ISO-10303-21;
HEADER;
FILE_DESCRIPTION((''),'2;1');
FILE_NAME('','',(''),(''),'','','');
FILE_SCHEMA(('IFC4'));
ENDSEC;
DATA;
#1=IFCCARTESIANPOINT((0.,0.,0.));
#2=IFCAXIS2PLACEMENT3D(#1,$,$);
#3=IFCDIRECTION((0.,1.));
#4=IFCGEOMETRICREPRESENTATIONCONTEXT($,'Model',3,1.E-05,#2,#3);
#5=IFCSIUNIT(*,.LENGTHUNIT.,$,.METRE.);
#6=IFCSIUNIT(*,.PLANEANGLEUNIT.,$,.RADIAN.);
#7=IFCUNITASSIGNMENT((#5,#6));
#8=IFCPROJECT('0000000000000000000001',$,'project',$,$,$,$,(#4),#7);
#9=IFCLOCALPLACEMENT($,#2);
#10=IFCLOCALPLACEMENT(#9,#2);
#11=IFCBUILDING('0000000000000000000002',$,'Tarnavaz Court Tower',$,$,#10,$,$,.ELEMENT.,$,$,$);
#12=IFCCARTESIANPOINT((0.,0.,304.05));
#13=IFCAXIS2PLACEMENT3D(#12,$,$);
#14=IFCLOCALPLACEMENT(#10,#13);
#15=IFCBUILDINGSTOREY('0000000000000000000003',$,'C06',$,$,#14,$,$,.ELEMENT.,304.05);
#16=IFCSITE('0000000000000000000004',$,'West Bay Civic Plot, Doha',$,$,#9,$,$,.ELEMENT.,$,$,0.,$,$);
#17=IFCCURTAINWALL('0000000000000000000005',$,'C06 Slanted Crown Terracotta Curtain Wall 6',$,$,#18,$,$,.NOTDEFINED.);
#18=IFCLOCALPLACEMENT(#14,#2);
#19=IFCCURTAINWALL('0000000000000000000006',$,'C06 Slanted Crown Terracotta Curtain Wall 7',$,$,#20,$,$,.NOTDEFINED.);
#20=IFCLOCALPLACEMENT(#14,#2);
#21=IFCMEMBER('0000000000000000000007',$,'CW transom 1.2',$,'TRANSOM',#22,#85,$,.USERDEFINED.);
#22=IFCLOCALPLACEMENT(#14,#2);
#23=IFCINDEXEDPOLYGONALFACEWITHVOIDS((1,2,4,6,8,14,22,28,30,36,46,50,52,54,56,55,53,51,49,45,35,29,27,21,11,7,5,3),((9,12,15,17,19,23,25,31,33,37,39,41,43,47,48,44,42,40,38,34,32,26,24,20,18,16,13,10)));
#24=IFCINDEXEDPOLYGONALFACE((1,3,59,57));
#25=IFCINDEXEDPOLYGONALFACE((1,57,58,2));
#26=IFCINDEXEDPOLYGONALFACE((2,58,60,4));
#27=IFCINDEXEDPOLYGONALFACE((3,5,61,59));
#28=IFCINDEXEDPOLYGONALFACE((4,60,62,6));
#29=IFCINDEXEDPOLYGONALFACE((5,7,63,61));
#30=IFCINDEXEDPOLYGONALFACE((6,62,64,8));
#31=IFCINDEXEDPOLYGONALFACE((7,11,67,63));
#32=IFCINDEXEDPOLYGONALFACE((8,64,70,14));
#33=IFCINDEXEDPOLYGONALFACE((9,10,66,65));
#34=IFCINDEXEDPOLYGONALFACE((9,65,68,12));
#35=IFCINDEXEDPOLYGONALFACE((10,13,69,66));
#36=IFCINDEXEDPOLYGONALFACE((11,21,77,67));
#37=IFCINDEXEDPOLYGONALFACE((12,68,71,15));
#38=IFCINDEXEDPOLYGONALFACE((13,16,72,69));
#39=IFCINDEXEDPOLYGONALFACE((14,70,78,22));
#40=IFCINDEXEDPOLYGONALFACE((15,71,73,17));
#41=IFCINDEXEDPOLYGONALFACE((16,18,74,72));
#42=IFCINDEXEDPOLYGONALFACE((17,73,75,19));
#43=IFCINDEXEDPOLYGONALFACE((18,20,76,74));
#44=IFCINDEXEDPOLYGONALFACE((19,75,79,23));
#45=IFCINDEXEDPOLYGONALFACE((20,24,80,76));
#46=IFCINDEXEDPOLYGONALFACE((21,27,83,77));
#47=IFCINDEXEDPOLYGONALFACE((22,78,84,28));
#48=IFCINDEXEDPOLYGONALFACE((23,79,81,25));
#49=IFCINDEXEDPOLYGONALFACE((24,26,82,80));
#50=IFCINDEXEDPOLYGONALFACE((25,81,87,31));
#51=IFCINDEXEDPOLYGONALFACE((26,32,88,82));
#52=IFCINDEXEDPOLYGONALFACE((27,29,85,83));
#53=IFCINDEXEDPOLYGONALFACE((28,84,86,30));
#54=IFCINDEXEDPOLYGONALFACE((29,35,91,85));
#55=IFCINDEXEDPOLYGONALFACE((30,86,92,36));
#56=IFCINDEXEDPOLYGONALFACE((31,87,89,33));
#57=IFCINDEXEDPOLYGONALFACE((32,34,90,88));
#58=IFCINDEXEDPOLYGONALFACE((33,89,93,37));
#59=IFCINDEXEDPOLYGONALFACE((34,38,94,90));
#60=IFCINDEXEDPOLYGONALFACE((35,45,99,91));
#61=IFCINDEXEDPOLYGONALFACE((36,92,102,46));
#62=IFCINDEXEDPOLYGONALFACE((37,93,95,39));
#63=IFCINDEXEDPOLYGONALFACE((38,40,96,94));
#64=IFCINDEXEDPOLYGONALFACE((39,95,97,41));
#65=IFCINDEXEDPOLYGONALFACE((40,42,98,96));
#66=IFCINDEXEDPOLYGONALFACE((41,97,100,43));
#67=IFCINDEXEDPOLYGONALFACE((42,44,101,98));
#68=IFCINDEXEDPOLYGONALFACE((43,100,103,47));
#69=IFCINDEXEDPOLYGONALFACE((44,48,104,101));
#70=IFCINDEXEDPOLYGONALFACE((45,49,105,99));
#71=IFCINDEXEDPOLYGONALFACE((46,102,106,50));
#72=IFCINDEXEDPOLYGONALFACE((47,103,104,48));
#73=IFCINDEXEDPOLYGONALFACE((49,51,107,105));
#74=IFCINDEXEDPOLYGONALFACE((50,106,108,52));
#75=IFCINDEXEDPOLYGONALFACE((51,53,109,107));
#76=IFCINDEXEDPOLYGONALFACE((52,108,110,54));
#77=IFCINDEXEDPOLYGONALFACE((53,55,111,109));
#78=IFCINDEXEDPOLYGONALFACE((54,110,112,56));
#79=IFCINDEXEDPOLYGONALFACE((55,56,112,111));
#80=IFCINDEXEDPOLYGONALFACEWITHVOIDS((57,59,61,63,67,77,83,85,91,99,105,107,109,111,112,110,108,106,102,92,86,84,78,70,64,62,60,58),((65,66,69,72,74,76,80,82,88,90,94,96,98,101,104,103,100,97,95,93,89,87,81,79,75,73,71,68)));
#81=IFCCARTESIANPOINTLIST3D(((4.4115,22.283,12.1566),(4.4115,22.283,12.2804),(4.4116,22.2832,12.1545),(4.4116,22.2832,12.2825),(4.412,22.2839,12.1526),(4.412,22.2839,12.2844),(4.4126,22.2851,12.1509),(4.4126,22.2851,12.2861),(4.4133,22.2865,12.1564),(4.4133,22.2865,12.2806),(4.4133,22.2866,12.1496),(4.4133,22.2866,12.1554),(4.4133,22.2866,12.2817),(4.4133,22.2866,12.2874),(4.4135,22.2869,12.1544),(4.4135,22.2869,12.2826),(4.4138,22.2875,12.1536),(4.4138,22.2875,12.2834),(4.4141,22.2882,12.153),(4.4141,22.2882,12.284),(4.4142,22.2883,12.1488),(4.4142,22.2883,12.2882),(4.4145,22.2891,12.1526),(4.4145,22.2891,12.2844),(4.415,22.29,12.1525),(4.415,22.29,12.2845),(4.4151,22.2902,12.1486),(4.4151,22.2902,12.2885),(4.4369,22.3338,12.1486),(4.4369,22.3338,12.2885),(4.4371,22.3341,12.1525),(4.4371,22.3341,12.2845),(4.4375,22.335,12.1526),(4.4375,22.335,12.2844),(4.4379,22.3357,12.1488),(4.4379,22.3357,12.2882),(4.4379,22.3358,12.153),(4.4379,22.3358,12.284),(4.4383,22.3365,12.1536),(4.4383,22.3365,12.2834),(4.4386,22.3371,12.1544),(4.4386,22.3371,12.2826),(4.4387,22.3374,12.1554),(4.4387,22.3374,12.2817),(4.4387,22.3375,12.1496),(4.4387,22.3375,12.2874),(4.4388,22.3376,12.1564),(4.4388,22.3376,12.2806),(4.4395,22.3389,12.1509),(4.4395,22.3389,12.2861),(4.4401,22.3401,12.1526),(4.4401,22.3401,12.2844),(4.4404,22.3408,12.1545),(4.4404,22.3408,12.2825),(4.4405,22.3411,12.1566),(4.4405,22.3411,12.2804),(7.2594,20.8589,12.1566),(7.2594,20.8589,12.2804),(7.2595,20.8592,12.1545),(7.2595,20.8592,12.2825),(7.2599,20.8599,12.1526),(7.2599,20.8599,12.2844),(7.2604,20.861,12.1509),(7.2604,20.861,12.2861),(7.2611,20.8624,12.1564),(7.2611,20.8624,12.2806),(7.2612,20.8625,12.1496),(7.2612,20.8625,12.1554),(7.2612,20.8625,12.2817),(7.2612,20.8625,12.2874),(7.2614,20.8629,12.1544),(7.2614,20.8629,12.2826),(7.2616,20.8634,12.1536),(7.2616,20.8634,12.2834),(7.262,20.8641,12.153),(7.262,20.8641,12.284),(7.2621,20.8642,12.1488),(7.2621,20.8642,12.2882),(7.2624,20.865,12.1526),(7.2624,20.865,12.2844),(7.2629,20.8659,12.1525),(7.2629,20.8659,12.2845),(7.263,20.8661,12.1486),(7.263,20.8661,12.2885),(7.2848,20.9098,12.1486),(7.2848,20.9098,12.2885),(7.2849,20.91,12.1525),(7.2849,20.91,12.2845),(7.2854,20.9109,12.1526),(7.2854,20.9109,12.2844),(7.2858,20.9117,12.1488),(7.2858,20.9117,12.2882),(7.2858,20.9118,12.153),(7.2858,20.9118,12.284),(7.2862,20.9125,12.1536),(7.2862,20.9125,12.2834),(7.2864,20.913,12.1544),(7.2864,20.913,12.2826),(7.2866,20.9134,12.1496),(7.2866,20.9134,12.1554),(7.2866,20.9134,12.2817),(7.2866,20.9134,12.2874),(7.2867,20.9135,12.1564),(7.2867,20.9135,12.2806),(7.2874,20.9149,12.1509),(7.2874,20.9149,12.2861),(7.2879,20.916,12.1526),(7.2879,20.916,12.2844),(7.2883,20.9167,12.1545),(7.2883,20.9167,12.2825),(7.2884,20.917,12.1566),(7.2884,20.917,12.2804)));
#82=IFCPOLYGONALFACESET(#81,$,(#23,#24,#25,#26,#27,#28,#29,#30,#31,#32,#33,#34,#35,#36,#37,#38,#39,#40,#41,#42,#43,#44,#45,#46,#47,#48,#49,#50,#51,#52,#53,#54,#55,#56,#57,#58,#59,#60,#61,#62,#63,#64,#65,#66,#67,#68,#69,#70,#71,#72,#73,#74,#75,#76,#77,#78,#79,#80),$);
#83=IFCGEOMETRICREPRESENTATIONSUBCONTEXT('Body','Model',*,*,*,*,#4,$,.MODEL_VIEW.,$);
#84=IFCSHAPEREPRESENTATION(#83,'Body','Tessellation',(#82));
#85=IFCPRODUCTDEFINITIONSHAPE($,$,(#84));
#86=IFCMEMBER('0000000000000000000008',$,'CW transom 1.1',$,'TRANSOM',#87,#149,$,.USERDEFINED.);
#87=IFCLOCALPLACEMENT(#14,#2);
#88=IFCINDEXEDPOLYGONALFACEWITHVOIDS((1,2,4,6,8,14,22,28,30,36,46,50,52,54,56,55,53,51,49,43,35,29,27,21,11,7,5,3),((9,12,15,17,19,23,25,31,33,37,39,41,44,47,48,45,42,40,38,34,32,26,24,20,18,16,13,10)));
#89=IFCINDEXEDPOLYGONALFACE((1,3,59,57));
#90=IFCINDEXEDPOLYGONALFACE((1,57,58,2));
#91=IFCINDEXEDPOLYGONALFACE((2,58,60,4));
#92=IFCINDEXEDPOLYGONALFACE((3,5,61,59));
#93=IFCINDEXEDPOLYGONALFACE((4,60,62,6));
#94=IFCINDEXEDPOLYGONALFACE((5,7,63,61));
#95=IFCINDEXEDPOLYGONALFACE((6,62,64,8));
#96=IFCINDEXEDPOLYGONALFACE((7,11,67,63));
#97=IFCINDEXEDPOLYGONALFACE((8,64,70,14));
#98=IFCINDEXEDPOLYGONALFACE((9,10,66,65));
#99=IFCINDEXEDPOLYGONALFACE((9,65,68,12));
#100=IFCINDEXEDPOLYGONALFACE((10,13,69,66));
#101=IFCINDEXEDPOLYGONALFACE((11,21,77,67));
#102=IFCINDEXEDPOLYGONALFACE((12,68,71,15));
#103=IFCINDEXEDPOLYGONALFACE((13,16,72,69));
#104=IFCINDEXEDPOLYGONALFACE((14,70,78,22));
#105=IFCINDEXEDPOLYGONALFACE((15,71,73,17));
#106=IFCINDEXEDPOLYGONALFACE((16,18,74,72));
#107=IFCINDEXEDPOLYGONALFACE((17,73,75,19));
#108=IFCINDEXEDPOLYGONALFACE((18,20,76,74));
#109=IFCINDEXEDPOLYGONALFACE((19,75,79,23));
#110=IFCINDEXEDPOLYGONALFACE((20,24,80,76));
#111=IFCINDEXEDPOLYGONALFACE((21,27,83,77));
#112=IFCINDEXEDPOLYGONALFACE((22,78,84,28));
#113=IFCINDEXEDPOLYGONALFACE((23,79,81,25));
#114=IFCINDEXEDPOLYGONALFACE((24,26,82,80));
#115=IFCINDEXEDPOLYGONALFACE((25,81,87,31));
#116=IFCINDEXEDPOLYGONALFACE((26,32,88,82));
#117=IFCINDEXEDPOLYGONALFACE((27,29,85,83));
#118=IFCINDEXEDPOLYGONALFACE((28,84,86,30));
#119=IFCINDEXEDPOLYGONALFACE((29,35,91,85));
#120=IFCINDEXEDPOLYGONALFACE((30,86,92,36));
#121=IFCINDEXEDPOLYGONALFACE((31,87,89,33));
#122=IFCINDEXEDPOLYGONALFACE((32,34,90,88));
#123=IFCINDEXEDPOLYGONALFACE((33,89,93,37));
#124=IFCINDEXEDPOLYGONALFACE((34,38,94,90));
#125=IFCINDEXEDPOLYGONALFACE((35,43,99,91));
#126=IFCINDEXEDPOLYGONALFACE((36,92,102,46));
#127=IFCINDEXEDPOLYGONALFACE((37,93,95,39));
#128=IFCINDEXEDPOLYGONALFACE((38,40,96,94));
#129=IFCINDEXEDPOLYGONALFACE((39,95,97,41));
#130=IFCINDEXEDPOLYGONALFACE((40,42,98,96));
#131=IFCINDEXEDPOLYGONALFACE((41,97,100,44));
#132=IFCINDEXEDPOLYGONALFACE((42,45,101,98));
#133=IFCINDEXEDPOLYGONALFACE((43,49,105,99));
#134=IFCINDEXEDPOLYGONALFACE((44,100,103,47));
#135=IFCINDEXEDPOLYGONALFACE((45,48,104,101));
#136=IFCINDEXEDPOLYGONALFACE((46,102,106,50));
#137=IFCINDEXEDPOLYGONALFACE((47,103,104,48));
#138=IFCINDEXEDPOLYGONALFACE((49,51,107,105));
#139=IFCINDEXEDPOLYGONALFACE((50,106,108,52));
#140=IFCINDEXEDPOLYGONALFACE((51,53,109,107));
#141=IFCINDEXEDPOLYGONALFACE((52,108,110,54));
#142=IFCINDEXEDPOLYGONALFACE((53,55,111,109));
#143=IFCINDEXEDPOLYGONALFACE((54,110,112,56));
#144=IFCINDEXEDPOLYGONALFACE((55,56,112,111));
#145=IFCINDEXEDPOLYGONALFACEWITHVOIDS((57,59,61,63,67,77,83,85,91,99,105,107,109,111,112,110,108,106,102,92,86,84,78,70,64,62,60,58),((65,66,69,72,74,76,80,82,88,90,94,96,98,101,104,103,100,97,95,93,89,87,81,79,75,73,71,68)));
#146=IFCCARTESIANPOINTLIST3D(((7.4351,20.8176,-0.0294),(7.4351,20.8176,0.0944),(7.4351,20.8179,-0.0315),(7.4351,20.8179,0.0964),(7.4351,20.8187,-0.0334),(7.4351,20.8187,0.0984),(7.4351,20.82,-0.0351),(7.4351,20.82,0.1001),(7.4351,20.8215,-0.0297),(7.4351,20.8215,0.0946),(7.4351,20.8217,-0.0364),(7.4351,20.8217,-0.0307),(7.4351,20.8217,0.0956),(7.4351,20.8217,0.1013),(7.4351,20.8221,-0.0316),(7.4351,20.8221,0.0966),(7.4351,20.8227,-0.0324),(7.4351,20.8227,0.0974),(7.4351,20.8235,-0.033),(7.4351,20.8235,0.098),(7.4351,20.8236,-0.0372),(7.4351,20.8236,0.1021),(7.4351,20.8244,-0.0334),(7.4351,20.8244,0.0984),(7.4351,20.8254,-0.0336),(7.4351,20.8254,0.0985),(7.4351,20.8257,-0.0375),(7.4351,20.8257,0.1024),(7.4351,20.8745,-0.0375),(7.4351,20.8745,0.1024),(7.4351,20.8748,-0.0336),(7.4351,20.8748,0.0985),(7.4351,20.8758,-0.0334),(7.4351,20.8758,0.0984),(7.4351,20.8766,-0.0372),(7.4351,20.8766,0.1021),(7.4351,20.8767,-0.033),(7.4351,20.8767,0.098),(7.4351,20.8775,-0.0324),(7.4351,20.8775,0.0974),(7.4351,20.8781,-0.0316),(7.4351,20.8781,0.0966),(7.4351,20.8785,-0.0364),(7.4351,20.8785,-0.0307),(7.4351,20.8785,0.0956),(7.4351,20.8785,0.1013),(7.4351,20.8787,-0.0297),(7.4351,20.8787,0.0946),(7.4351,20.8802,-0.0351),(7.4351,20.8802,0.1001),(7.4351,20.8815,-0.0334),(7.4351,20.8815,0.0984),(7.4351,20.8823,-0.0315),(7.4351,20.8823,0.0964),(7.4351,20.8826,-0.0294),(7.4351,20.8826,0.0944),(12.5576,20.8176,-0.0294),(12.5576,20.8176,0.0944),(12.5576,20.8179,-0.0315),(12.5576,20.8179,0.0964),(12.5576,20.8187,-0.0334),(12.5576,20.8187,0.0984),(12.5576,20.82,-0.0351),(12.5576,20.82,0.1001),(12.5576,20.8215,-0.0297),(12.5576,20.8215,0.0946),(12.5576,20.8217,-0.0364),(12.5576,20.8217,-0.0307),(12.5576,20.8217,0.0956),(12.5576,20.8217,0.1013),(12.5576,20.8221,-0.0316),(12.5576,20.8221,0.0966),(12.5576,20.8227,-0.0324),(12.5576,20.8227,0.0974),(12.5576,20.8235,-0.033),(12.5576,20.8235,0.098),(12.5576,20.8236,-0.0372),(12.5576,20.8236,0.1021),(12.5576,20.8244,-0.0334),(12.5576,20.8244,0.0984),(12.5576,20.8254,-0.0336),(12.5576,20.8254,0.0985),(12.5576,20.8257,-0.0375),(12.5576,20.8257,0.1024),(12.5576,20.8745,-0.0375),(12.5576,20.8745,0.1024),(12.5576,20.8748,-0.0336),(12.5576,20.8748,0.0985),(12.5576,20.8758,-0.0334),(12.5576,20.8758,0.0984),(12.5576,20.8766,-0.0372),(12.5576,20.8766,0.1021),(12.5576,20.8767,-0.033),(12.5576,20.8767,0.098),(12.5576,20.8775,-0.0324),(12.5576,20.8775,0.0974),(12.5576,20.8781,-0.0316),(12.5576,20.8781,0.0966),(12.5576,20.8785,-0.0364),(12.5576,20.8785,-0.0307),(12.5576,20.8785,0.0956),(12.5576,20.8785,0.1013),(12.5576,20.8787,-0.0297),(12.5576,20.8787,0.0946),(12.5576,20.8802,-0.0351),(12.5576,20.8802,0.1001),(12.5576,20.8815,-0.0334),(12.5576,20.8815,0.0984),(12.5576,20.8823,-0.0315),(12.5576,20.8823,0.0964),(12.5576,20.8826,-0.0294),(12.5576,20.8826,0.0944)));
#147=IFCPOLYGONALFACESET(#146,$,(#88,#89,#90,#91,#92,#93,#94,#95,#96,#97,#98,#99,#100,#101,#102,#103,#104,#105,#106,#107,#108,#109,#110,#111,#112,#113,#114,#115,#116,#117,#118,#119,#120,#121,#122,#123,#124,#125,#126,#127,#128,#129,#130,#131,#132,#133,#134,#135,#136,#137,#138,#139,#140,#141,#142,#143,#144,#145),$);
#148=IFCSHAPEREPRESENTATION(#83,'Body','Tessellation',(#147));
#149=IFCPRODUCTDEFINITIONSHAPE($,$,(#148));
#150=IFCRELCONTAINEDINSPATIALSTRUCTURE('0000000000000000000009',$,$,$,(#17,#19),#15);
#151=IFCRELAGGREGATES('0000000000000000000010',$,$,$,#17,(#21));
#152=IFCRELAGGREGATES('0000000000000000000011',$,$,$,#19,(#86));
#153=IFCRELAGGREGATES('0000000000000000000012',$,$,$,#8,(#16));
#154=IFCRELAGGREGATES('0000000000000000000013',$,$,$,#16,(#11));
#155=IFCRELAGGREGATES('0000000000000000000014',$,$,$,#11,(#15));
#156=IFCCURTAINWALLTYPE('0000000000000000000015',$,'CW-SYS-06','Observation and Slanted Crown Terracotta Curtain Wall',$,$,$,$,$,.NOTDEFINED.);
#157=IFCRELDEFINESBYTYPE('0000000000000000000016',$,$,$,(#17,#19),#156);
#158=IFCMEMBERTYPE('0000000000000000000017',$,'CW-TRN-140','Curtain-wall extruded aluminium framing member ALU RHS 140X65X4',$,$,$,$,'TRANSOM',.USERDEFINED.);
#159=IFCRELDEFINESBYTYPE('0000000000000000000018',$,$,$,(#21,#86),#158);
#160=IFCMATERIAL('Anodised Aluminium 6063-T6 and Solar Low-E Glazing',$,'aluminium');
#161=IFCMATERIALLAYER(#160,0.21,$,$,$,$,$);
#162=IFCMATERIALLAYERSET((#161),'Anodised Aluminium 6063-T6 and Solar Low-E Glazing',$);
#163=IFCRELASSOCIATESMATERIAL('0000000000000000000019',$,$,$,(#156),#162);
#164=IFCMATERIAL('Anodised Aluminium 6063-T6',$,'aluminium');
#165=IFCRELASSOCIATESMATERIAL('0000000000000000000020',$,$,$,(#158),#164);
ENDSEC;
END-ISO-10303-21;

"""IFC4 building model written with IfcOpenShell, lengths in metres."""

from ifc_helpers import new_model, si_unit, direction, frame, origin, origin_2d, place, context, subcontext, project, spatial, hollow_rectangle, extrude, material, layer, layer_set, material_profile, profile_set, type_object, element, aggregate, save


model = new_model("IFC4")

# Units and contexts
model_context = context("Model", 3, precision=1e-05, world=origin(), true_north=direction((0.0, 1.0)))
body_context = subcontext(model_context, "Body", "Model", "MODEL_VIEW")
ifc_project = project(units=[si_unit("LENGTHUNIT", "METRE"), si_unit("PLANEANGLEUNIT", "RADIAN")], contexts=[model_context])

# Site, building, storey
site_placement = place(None, origin())
site = spatial("IfcSite", under=ifc_project, at=site_placement, Name="West Bay Civic Plot, Doha", CompositionType="ELEMENT", RefElevation=0.0)
building_placement = place(site_placement, origin())
building = spatial("IfcBuilding", under=site, at=building_placement, Name="Tarnavaz Court Tower", CompositionType="ELEMENT")
storey_placement = place(building_placement, frame((0.0, 0.0, 304.05)))
storey = spatial("IfcBuildingStorey", under=building, at=storey_placement, Name="C06", CompositionType="ELEMENT", Elevation=304.05)

# Shared definitions
ifc_material_1 = material(Name="Anodised Aluminium 6063-T6 and Solar Low-E Glazing", Category="aluminium")
ifc_layer_1 = layer(ifc_material_1, 0.21)
ifc_layer_set_1 = layer_set([ifc_layer_1], Name="Anodised Aluminium 6063-T6 and Solar Low-E Glazing")
curtain_wall_type = type_object("IfcCurtainWallType", Name="CW-SYS-06", Description="Observation and Slanted Crown Terracotta Curtain Wall", PredefinedType="NOTDEFINED", material=ifc_layer_set_1)
ifc_material_2 = material(Name="Anodised Aluminium 6063-T6", Category="aluminium")

# Curtain walls
curtain_wall_1_placement = place(storey_placement, origin())
curtain_wall_1 = element("IfcCurtainWall", 1, at=curtain_wall_1_placement, inside=storey, type_object=curtain_wall_type, Name="C06 Slanted Crown Terracotta Curtain Wall 6", PredefinedType="NOTDEFINED")
curtain_wall_2_placement = place(storey_placement, origin())
curtain_wall_2 = element("IfcCurtainWall", 2, at=curtain_wall_2_placement, inside=storey, type_object=curtain_wall_type, Name="C06 Slanted Crown Terracotta Curtain Wall 7", PredefinedType="NOTDEFINED")

# Members
ifc_material_profile_1 = material_profile(ifc_material_2, hollow_rectangle(XDim=0.0649, YDim=0.1399, WallThickness=0.0039, InnerFilletRadius=0.0039, OuterFilletRadius=0.0081, at=origin_2d()), Name="ALU RHS 140X65X4")
ifc_profile_set_1 = profile_set([ifc_material_profile_1], Name="Anodised Aluminium 6063-T6")
member_type_1 = type_object("IfcMemberType", Name="CW-TRN-140", Description="Curtain-wall extruded aluminium framing member ALU RHS 140X65X4", ElementType="TRANSOM", PredefinedType="USERDEFINED", material=ifc_profile_set_1)
member_1_placement = place(storey_placement, frame((4.426, 22.312, 12.2185), z_axis=(0.894412, -0.447244, 0.0), x_axis=(0.447244, 0.894412, 0.0)))
member_1 = element("IfcMember", 3, at=member_1_placement, type_object=member_type_1, Name="CW transom 1.2", ObjectType="TRANSOM", PredefinedType="USERDEFINED", context=body_context, shape_type="SweptSolid", body=[
    extrude(hollow_rectangle(XDim=0.0649, YDim=0.1399, WallThickness=0.0039, InnerFilletRadius=0.0039, OuterFilletRadius=0.0081, at=origin_2d()), origin(), (0.0, 0.0, 1.0), 3.1841),
])
member_2_placement = place(storey_placement, frame((7.4351, 20.8501, 0.0325), z_axis=(1.0, 0.0, 0.0), x_axis=(0.0, 1.0, 0.0)))
member_2 = element("IfcMember", 4, at=member_2_placement, type_object=member_type_1, Name="CW transom 1.1", ObjectType="TRANSOM", PredefinedType="USERDEFINED", context=body_context, shape_type="SweptSolid", body=[
    extrude(hollow_rectangle(XDim=0.0649, YDim=0.1399, WallThickness=0.0039, InnerFilletRadius=0.0039, OuterFilletRadius=0.0081, at=origin_2d()), origin(), (0.0, 0.0, 1.0), 5.1226),
])

aggregate(curtain_wall_1, [member_1])
aggregate(curtain_wall_2, [member_2])

save(model, "model.ifc")
